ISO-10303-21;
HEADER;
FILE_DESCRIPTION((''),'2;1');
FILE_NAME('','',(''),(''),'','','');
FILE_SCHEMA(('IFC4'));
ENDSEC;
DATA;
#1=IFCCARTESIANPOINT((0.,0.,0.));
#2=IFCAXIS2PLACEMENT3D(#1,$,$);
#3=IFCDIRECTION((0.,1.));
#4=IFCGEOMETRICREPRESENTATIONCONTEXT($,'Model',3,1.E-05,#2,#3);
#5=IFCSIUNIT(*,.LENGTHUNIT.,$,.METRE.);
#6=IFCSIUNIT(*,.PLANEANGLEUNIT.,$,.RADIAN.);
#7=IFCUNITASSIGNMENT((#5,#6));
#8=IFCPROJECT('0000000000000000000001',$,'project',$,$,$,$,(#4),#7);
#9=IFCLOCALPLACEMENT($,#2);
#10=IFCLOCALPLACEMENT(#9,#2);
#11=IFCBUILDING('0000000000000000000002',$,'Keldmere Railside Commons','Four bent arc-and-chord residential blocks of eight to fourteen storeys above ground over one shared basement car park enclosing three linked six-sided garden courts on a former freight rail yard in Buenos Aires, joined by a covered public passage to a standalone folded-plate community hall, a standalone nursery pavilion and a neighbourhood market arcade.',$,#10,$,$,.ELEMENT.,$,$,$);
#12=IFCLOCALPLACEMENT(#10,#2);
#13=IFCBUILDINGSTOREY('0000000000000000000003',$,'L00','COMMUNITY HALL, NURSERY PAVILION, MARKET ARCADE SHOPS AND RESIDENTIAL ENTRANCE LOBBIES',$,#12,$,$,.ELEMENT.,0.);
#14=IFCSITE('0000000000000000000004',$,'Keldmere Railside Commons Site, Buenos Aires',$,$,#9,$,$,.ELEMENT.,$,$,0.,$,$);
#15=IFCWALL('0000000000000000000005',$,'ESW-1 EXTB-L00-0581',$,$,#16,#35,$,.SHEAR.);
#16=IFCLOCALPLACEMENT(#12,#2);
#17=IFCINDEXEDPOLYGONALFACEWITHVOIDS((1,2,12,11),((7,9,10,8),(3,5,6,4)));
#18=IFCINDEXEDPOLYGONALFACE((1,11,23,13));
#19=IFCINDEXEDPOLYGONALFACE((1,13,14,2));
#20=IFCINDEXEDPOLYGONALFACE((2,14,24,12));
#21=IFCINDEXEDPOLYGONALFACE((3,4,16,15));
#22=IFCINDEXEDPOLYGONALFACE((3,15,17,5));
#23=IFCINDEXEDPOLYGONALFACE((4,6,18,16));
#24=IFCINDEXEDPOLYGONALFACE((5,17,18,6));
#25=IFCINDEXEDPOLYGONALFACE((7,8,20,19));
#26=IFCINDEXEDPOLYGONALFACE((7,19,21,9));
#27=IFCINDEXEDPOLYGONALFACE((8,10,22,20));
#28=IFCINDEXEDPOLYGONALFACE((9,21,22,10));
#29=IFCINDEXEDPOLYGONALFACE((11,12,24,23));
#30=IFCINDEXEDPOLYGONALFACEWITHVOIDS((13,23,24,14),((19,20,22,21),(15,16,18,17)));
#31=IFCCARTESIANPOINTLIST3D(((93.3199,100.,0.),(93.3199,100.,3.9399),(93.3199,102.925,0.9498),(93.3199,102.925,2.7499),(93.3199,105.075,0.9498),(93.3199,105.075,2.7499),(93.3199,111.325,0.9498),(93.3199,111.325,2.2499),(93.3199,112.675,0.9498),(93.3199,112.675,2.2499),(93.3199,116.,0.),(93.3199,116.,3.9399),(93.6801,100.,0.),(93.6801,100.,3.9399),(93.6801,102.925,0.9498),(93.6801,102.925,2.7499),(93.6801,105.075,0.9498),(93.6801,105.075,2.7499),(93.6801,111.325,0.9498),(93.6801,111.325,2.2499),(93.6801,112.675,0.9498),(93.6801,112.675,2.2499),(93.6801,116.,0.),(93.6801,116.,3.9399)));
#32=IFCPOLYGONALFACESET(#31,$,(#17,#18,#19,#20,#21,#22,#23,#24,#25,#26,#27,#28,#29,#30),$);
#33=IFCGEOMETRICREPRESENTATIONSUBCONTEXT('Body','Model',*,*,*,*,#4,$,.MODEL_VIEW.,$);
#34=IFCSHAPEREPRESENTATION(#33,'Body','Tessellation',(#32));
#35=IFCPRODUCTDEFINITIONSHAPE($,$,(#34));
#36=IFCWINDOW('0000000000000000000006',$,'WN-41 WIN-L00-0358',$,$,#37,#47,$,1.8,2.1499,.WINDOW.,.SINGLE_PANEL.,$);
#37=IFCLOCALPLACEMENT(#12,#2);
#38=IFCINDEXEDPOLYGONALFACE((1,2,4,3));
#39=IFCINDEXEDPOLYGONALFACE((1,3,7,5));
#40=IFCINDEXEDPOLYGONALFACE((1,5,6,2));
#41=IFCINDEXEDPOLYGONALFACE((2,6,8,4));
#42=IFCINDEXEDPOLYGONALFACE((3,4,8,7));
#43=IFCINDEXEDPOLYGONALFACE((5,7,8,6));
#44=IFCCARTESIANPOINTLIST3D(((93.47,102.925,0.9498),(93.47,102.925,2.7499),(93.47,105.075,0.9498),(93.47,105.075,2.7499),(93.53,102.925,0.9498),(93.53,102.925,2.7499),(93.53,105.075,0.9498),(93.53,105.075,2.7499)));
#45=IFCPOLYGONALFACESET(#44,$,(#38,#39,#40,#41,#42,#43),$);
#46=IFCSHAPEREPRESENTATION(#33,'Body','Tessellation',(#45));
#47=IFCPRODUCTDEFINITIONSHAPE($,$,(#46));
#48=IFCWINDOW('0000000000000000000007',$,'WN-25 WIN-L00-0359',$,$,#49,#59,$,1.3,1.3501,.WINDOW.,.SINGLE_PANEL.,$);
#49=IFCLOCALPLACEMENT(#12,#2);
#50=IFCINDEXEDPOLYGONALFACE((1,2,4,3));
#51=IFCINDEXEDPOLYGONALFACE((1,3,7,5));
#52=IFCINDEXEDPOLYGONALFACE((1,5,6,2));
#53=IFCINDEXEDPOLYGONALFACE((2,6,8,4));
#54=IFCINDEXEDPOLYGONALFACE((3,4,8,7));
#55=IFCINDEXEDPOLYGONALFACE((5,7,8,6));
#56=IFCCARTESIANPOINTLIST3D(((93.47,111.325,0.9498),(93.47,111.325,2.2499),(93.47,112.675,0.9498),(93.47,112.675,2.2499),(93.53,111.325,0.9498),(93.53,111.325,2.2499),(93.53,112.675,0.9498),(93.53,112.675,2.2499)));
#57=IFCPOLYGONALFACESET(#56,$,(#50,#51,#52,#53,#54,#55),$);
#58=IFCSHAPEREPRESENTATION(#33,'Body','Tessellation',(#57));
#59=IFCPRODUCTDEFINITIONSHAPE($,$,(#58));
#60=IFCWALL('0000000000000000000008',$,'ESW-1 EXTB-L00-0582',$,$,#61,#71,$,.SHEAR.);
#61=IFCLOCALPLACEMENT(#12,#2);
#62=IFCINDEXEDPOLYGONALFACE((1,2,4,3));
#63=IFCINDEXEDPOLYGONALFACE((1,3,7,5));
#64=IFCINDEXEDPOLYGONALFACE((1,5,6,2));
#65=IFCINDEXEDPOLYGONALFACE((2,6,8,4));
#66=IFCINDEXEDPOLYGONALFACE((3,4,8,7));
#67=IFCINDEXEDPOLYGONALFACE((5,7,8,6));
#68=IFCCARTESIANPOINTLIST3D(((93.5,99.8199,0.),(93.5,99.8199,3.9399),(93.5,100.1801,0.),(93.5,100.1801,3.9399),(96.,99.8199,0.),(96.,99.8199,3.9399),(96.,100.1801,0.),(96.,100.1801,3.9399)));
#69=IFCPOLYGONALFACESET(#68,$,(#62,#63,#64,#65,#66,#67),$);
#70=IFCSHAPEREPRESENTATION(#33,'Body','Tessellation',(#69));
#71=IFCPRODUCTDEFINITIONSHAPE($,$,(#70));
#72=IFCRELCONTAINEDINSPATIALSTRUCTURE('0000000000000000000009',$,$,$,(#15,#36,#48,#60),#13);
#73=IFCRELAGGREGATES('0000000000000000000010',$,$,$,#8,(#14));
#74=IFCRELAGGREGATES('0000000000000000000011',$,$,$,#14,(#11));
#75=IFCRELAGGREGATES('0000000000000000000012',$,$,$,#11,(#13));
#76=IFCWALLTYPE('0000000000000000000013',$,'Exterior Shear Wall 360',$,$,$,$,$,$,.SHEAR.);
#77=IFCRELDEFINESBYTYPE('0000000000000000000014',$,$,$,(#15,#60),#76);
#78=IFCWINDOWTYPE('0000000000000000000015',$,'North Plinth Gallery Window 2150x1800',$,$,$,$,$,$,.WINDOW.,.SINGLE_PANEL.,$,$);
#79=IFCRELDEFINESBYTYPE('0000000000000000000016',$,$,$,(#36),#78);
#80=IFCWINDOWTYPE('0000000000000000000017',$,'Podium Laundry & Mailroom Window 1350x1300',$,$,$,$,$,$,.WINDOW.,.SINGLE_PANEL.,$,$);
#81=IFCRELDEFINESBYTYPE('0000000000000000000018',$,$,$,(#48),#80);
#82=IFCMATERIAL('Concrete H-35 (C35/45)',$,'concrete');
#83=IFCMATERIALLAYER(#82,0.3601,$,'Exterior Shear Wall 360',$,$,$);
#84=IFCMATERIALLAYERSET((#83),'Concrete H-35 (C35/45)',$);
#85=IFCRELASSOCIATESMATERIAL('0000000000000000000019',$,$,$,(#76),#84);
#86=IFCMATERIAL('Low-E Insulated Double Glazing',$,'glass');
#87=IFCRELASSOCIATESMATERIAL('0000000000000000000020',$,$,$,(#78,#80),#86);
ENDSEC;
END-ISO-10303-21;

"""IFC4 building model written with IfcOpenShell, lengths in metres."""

from ifc_helpers import new_model, si_unit, direction, frame, frame_2d, origin, place, context, subcontext, project, spatial, rectangle, extrude, material, layer, layer_set, type_object, element, fill, save


model = new_model("IFC4")

# Units and contexts
model_context = context("Model", 3, precision=1e-05, world=origin(), true_north=direction((0.0, 1.0)))
body_context = subcontext(model_context, "Body", "Model", "MODEL_VIEW")
ifc_project = project(units=[si_unit("LENGTHUNIT", "METRE"), si_unit("PLANEANGLEUNIT", "RADIAN")], contexts=[model_context])

# Site, building, storey
site_placement = place(None, origin())
site = spatial("IfcSite", under=ifc_project, at=site_placement, Name="Keldmere Railside Commons Site, Buenos Aires", CompositionType="ELEMENT", RefElevation=0.0)
building_placement = place(site_placement, origin())
building = spatial("IfcBuilding", under=site, at=building_placement, Name="Keldmere Railside Commons", Description="Four bent arc-and-chord residential blocks of eight to fourteen storeys above ground over one shared basement car park enclosing three linked six-sided garden courts on a former freight rail yard in Buenos Aires, joined by a covered public passage to a standalone folded-plate community hall, a standalone nursery pavilion and a neighbourhood market arcade.", CompositionType="ELEMENT")
storey_placement = place(building_placement, origin())
storey = spatial("IfcBuildingStorey", under=building, at=storey_placement, Name="L00", Description="COMMUNITY HALL, NURSERY PAVILION, MARKET ARCADE SHOPS AND RESIDENTIAL ENTRANCE LOBBIES", CompositionType="ELEMENT", Elevation=0.0)

# Shared definitions
ifc_material_1 = material(Name="Low-E Insulated Double Glazing", Category="glass")

# Wall, openings, windows
ifc_material_2 = material(Name="Concrete H-35 (C35/45)", Category="concrete")
ifc_layer_1 = layer(ifc_material_2, 0.3601, Name="Exterior Shear Wall 360")
ifc_layer_set_1 = layer_set([ifc_layer_1], Name="Concrete H-35 (C35/45)")
wall_type_1 = type_object("IfcWallType", Name="Exterior Shear Wall 360", PredefinedType="SHEAR", material=ifc_layer_set_1)
wall_1_placement = place(storey_placement, frame((93.5, 100.0, 0.0), z_axis=(0.0, 0.0, 1.0), x_axis=(0.0, 1.0, 0.0)))
wall_1 = element("IfcWall", 1, at=wall_1_placement, inside=storey, type_object=wall_type_1, Name="ESW-1 EXTB-L00-0581", PredefinedType="SHEAR", context=body_context, shape_type="SweptSolid", body=[
    extrude(rectangle(XDim=16.0, YDim=0.3601, at=frame_2d((8.0, 0.0))), origin(), (0.0, 0.0, 1.0), 3.9399),
])
opening_1_placement = place(wall_1_placement, frame((2.925, 0.0, 0.95)))
opening_1 = element("IfcOpeningElement", 2, at=opening_1_placement, cuts=wall_1, PredefinedType="OPENING", context=body_context, shape_type="SweptSolid", body=[
    extrude(rectangle(XDim=2.1499, YDim=1.8, at=frame_2d((1.075, 0.8999))), frame((0.0, 0.1899, 0.0), z_axis=(0.0, -1.0, 0.0), x_axis=(1.0, 0.0, 0.0)), (0.0, 0.0, 1.0), 0.3801),
])
opening_2_placement = place(wall_1_placement, frame((11.325, 0.0, 0.95)))
opening_2 = element("IfcOpeningElement", 3, at=opening_2_placement, cuts=wall_1, PredefinedType="OPENING", context=body_context, shape_type="SweptSolid", body=[
    extrude(rectangle(XDim=1.3501, YDim=1.3, at=frame_2d((0.675, 0.6499))), frame((0.0, 0.1899, 0.0), z_axis=(0.0, -1.0, 0.0), x_axis=(1.0, 0.0, 0.0)), (0.0, 0.0, 1.0), 0.3801),
])
window_type_1 = type_object("IfcWindowType", Name="North Plinth Gallery Window 2150x1800", PartitioningType="SINGLE_PANEL", PredefinedType="WINDOW", material=ifc_material_1)
window_1_placement = place(opening_1_placement, origin())
window_1 = element("IfcWindow", 4, at=window_1_placement, inside=storey, type_object=window_type_1, Name="WN-41 WIN-L00-0358", OverallHeight=1.8, OverallWidth=2.1499, PartitioningType="SINGLE_PANEL", PredefinedType="WINDOW", context=body_context, shape_type="SweptSolid", body=[
    extrude(rectangle(XDim=2.1499, YDim=1.8, at=frame_2d((1.075, 0.8999))), frame((0.0, 0.03, 0.0), z_axis=(0.0, -1.0, 0.0), x_axis=(1.0, 0.0, 0.0)), (0.0, 0.0, 1.0), 0.0601),
])
fill(opening_1, window_1)
window_type_2 = type_object("IfcWindowType", Name="Podium Laundry & Mailroom Window 1350x1300", PartitioningType="SINGLE_PANEL", PredefinedType="WINDOW", material=ifc_material_1)
window_2_placement = place(opening_2_placement, origin())
window_2 = element("IfcWindow", 5, at=window_2_placement, inside=storey, type_object=window_type_2, Name="WN-25 WIN-L00-0359", OverallHeight=1.3, OverallWidth=1.3501, PartitioningType="SINGLE_PANEL", PredefinedType="WINDOW", context=body_context, shape_type="SweptSolid", body=[
    extrude(rectangle(XDim=1.3501, YDim=1.3, at=frame_2d((0.675, 0.6499))), frame((0.0, 0.03, 0.0), z_axis=(0.0, -1.0, 0.0), x_axis=(1.0, 0.0, 0.0)), (0.0, 0.0, 1.0), 0.0601),
])
fill(opening_2, window_2)

# Wall
wall_2_placement = place(storey_placement, frame((96.0, 100.0, 0.0), z_axis=(0.0, 0.0, 1.0), x_axis=(-1.0, 0.0, 0.0)))
element("IfcWall", 6, at=wall_2_placement, inside=storey, type_object=wall_type_1, Name="ESW-1 EXTB-L00-0582", PredefinedType="SHEAR", context=body_context, shape_type="SweptSolid", body=[
    extrude(rectangle(XDim=2.5, YDim=0.3601, at=frame_2d((1.25, 0.0))), origin(), (0.0, 0.0, 1.0), 3.9399),
])

save(model, "model.ifc")
